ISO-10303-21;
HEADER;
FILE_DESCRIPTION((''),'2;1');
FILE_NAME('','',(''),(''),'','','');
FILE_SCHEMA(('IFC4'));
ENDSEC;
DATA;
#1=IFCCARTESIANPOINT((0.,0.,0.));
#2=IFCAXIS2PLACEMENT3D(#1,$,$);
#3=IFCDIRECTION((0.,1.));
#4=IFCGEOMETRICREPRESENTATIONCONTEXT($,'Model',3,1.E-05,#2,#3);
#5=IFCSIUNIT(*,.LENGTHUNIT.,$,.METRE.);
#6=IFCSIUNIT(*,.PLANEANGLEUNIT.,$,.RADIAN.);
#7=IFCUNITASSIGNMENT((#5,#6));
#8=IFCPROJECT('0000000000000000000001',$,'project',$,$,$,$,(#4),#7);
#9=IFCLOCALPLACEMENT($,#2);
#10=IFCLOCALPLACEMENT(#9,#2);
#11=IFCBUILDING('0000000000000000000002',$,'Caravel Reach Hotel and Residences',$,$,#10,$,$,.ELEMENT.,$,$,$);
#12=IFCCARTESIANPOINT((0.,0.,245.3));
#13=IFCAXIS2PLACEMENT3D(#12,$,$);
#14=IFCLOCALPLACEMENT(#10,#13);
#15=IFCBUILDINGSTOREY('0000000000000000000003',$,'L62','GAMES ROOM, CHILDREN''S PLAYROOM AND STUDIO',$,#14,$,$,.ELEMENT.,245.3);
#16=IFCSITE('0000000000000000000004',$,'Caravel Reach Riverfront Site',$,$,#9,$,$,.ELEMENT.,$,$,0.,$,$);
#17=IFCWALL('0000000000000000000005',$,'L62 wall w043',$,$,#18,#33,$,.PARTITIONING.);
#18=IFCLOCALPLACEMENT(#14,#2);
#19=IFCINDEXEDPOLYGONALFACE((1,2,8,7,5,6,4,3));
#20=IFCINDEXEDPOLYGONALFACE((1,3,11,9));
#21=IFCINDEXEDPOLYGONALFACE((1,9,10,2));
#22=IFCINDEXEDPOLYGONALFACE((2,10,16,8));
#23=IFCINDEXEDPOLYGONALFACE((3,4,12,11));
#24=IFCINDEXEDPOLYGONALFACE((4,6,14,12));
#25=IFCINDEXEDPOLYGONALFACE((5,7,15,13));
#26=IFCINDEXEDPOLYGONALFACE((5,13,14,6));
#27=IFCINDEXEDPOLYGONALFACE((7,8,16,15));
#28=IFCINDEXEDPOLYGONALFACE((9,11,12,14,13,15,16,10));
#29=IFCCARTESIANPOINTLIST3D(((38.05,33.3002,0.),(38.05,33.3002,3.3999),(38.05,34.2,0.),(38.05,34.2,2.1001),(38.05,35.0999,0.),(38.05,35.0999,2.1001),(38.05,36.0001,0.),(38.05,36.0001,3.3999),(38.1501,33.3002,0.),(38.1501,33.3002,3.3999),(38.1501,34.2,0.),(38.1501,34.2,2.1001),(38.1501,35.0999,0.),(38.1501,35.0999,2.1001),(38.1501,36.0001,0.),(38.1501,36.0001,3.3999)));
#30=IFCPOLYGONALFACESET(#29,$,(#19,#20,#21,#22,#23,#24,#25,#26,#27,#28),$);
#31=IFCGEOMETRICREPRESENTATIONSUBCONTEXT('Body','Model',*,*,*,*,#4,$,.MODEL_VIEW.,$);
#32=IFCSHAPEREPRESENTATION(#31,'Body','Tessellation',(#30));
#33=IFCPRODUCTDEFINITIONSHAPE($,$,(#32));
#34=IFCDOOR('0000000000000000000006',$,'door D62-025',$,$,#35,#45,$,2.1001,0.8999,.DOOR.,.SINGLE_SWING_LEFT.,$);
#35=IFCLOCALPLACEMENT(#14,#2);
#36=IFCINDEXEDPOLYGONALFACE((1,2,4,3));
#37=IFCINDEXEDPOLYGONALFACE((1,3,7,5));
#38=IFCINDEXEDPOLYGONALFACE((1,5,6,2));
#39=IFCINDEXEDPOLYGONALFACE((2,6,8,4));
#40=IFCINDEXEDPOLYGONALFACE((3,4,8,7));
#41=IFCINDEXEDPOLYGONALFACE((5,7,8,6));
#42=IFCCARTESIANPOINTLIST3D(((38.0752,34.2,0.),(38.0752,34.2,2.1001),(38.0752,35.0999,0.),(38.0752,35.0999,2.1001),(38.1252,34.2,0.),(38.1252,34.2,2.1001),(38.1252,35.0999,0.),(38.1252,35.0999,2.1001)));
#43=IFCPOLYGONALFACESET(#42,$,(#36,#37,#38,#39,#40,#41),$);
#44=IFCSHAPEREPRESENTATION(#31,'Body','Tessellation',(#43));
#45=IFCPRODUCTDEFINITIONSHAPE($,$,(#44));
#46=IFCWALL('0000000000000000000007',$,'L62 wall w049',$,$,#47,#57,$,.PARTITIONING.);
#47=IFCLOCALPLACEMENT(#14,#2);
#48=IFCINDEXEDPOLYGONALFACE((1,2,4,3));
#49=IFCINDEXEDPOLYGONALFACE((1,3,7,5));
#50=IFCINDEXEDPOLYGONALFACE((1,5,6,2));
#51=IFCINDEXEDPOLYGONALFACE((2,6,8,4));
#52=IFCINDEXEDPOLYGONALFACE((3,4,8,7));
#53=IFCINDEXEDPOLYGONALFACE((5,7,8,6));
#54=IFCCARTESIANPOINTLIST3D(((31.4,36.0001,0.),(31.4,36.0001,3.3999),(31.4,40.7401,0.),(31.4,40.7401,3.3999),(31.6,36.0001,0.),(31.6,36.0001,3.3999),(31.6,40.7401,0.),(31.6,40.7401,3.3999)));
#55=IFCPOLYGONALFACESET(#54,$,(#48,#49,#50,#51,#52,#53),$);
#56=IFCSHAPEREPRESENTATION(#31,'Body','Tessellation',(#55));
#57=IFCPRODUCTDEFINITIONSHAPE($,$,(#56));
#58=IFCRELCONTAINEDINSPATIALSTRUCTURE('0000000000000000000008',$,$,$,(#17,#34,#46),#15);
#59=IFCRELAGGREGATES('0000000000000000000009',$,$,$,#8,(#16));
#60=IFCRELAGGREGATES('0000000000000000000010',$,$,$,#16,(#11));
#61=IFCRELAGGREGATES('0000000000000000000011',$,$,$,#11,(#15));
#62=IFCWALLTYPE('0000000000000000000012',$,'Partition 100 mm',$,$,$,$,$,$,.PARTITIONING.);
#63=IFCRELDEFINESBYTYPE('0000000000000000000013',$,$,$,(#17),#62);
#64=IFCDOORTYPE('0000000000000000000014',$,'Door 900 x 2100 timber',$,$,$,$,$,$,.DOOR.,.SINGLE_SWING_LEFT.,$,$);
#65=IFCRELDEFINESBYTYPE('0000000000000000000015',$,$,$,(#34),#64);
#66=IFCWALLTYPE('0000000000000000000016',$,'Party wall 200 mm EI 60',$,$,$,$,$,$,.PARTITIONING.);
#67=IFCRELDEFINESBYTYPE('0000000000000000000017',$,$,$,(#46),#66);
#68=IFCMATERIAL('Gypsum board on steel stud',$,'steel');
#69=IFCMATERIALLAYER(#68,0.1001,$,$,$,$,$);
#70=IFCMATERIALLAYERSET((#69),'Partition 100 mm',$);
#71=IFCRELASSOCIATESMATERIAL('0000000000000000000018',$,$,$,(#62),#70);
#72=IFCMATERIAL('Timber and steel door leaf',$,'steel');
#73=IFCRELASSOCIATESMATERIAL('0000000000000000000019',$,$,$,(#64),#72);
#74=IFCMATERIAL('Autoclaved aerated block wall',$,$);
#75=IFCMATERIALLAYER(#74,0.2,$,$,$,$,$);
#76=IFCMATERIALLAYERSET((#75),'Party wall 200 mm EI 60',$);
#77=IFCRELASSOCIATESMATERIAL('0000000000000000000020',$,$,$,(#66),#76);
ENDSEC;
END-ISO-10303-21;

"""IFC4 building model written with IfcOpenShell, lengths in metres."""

from ifc_helpers import new_model, si_unit, direction, frame, frame_2d, origin, place, context, subcontext, project, spatial, rectangle, extrude, material, layer, layer_set, type_object, element, fill, save


model = new_model("IFC4")

# Units and contexts
model_context = context("Model", 3, precision=1e-05, world=origin(), true_north=direction((0.0, 1.0)))
body_context = subcontext(model_context, "Body", "Model", "MODEL_VIEW")
ifc_project = project(units=[si_unit("LENGTHUNIT", "METRE"), si_unit("PLANEANGLEUNIT", "RADIAN")], contexts=[model_context])

# Site, building, storey
site_placement = place(None, origin())
site = spatial("IfcSite", under=ifc_project, at=site_placement, Name="Caravel Reach Riverfront Site", CompositionType="ELEMENT", RefElevation=0.0)
building_placement = place(site_placement, origin())
building = spatial("IfcBuilding", under=site, at=building_placement, Name="Caravel Reach Hotel and Residences", CompositionType="ELEMENT")
storey_placement = place(building_placement, frame((0.0, 0.0, 245.3)))
storey = spatial("IfcBuildingStorey", under=building, at=storey_placement, Name="L62", Description="GAMES ROOM, CHILDREN'S PLAYROOM AND STUDIO", CompositionType="ELEMENT", Elevation=245.3)

# Shared definitions
ifc_material_1 = material(Name="Gypsum board on steel stud", Category="steel")
ifc_layer_1 = layer(ifc_material_1, 0.1001)
ifc_layer_set_1 = layer_set([ifc_layer_1], Name="Partition 100 mm")
wall_type_1 = type_object("IfcWallType", Name="Partition 100 mm", PredefinedType="PARTITIONING", material=ifc_layer_set_1)

# Wall, opening, door
ifc_material_2 = material(Name="Timber and steel door leaf", Category="steel")
door_type_1 = type_object("IfcDoorType", Name="Door 900 x 2100 timber", OperationType="SINGLE_SWING_LEFT", PredefinedType="DOOR", material=ifc_material_2)
wall_1_placement = place(storey_placement, frame((38.1001, 33.3, 0.0), z_axis=(0.0, 0.0, 1.0), x_axis=(0.0, 1.0, 0.0)))
wall_1 = element("IfcWall", 1, at=wall_1_placement, inside=storey, type_object=wall_type_1, Name="L62 wall w043", PredefinedType="PARTITIONING", context=body_context, shape_type="SweptSolid", body=[
    extrude(rectangle(XDim=2.7, YDim=0.1001, at=frame_2d((1.3501, 0.0))), origin(), (0.0, 0.0, 1.0), 3.3999),
])
opening_1_placement = place(wall_1_placement, frame((0.8999, 0.0, 0.0)))
opening_1 = element("IfcOpeningElement", 2, at=opening_1_placement, cuts=wall_1, PredefinedType="OPENING", context=body_context, shape_type="SweptSolid", body=[
    extrude(rectangle(XDim=0.8999, YDim=2.1001, at=frame_2d((0.45, 1.05))), frame((0.0, 0.0601, 0.0), z_axis=(0.0, -1.0, 0.0), x_axis=(1.0, 0.0, 0.0)), (0.0, 0.0, 1.0), 0.1201),
])
door_1_placement = place(opening_1_placement, origin())
door_1 = element("IfcDoor", 3, at=door_1_placement, inside=storey, type_object=door_type_1, Name="door D62-025", OperationType="SINGLE_SWING_LEFT", OverallHeight=2.1001, OverallWidth=0.8999, PredefinedType="DOOR", context=body_context, shape_type="SweptSolid", body=[
    extrude(rectangle(XDim=0.8999, YDim=2.1001, at=frame_2d((0.45, 1.05))), frame((0.0, 0.0249, 0.0), z_axis=(0.0, -1.0, 0.0), x_axis=(1.0, 0.0, 0.0)), (0.0, 0.0, 1.0), 0.05),
])
fill(opening_1, door_1)

# Wall
ifc_material_3 = material(Name="Autoclaved aerated block wall")
ifc_layer_2 = layer(ifc_material_3, 0.2)
ifc_layer_set_2 = layer_set([ifc_layer_2], Name="Party wall 200 mm EI 60")
wall_type_2 = type_object("IfcWallType", Name="Party wall 200 mm EI 60", PredefinedType="PARTITIONING", material=ifc_layer_set_2)
wall_2_placement = place(storey_placement, frame((31.5, 36.0, 0.0), z_axis=(0.0, 0.0, 1.0), x_axis=(0.0, 1.0, 0.0)))
element("IfcWall", 4, at=wall_2_placement, inside=storey, type_object=wall_type_2, Name="L62 wall w049", PredefinedType="PARTITIONING", context=body_context, shape_type="SweptSolid", body=[
    extrude(rectangle(XDim=4.74, YDim=0.2, at=frame_2d((2.3701, 0.0))), origin(), (0.0, 0.0, 1.0), 3.3999),
])

save(model, "model.ifc")
